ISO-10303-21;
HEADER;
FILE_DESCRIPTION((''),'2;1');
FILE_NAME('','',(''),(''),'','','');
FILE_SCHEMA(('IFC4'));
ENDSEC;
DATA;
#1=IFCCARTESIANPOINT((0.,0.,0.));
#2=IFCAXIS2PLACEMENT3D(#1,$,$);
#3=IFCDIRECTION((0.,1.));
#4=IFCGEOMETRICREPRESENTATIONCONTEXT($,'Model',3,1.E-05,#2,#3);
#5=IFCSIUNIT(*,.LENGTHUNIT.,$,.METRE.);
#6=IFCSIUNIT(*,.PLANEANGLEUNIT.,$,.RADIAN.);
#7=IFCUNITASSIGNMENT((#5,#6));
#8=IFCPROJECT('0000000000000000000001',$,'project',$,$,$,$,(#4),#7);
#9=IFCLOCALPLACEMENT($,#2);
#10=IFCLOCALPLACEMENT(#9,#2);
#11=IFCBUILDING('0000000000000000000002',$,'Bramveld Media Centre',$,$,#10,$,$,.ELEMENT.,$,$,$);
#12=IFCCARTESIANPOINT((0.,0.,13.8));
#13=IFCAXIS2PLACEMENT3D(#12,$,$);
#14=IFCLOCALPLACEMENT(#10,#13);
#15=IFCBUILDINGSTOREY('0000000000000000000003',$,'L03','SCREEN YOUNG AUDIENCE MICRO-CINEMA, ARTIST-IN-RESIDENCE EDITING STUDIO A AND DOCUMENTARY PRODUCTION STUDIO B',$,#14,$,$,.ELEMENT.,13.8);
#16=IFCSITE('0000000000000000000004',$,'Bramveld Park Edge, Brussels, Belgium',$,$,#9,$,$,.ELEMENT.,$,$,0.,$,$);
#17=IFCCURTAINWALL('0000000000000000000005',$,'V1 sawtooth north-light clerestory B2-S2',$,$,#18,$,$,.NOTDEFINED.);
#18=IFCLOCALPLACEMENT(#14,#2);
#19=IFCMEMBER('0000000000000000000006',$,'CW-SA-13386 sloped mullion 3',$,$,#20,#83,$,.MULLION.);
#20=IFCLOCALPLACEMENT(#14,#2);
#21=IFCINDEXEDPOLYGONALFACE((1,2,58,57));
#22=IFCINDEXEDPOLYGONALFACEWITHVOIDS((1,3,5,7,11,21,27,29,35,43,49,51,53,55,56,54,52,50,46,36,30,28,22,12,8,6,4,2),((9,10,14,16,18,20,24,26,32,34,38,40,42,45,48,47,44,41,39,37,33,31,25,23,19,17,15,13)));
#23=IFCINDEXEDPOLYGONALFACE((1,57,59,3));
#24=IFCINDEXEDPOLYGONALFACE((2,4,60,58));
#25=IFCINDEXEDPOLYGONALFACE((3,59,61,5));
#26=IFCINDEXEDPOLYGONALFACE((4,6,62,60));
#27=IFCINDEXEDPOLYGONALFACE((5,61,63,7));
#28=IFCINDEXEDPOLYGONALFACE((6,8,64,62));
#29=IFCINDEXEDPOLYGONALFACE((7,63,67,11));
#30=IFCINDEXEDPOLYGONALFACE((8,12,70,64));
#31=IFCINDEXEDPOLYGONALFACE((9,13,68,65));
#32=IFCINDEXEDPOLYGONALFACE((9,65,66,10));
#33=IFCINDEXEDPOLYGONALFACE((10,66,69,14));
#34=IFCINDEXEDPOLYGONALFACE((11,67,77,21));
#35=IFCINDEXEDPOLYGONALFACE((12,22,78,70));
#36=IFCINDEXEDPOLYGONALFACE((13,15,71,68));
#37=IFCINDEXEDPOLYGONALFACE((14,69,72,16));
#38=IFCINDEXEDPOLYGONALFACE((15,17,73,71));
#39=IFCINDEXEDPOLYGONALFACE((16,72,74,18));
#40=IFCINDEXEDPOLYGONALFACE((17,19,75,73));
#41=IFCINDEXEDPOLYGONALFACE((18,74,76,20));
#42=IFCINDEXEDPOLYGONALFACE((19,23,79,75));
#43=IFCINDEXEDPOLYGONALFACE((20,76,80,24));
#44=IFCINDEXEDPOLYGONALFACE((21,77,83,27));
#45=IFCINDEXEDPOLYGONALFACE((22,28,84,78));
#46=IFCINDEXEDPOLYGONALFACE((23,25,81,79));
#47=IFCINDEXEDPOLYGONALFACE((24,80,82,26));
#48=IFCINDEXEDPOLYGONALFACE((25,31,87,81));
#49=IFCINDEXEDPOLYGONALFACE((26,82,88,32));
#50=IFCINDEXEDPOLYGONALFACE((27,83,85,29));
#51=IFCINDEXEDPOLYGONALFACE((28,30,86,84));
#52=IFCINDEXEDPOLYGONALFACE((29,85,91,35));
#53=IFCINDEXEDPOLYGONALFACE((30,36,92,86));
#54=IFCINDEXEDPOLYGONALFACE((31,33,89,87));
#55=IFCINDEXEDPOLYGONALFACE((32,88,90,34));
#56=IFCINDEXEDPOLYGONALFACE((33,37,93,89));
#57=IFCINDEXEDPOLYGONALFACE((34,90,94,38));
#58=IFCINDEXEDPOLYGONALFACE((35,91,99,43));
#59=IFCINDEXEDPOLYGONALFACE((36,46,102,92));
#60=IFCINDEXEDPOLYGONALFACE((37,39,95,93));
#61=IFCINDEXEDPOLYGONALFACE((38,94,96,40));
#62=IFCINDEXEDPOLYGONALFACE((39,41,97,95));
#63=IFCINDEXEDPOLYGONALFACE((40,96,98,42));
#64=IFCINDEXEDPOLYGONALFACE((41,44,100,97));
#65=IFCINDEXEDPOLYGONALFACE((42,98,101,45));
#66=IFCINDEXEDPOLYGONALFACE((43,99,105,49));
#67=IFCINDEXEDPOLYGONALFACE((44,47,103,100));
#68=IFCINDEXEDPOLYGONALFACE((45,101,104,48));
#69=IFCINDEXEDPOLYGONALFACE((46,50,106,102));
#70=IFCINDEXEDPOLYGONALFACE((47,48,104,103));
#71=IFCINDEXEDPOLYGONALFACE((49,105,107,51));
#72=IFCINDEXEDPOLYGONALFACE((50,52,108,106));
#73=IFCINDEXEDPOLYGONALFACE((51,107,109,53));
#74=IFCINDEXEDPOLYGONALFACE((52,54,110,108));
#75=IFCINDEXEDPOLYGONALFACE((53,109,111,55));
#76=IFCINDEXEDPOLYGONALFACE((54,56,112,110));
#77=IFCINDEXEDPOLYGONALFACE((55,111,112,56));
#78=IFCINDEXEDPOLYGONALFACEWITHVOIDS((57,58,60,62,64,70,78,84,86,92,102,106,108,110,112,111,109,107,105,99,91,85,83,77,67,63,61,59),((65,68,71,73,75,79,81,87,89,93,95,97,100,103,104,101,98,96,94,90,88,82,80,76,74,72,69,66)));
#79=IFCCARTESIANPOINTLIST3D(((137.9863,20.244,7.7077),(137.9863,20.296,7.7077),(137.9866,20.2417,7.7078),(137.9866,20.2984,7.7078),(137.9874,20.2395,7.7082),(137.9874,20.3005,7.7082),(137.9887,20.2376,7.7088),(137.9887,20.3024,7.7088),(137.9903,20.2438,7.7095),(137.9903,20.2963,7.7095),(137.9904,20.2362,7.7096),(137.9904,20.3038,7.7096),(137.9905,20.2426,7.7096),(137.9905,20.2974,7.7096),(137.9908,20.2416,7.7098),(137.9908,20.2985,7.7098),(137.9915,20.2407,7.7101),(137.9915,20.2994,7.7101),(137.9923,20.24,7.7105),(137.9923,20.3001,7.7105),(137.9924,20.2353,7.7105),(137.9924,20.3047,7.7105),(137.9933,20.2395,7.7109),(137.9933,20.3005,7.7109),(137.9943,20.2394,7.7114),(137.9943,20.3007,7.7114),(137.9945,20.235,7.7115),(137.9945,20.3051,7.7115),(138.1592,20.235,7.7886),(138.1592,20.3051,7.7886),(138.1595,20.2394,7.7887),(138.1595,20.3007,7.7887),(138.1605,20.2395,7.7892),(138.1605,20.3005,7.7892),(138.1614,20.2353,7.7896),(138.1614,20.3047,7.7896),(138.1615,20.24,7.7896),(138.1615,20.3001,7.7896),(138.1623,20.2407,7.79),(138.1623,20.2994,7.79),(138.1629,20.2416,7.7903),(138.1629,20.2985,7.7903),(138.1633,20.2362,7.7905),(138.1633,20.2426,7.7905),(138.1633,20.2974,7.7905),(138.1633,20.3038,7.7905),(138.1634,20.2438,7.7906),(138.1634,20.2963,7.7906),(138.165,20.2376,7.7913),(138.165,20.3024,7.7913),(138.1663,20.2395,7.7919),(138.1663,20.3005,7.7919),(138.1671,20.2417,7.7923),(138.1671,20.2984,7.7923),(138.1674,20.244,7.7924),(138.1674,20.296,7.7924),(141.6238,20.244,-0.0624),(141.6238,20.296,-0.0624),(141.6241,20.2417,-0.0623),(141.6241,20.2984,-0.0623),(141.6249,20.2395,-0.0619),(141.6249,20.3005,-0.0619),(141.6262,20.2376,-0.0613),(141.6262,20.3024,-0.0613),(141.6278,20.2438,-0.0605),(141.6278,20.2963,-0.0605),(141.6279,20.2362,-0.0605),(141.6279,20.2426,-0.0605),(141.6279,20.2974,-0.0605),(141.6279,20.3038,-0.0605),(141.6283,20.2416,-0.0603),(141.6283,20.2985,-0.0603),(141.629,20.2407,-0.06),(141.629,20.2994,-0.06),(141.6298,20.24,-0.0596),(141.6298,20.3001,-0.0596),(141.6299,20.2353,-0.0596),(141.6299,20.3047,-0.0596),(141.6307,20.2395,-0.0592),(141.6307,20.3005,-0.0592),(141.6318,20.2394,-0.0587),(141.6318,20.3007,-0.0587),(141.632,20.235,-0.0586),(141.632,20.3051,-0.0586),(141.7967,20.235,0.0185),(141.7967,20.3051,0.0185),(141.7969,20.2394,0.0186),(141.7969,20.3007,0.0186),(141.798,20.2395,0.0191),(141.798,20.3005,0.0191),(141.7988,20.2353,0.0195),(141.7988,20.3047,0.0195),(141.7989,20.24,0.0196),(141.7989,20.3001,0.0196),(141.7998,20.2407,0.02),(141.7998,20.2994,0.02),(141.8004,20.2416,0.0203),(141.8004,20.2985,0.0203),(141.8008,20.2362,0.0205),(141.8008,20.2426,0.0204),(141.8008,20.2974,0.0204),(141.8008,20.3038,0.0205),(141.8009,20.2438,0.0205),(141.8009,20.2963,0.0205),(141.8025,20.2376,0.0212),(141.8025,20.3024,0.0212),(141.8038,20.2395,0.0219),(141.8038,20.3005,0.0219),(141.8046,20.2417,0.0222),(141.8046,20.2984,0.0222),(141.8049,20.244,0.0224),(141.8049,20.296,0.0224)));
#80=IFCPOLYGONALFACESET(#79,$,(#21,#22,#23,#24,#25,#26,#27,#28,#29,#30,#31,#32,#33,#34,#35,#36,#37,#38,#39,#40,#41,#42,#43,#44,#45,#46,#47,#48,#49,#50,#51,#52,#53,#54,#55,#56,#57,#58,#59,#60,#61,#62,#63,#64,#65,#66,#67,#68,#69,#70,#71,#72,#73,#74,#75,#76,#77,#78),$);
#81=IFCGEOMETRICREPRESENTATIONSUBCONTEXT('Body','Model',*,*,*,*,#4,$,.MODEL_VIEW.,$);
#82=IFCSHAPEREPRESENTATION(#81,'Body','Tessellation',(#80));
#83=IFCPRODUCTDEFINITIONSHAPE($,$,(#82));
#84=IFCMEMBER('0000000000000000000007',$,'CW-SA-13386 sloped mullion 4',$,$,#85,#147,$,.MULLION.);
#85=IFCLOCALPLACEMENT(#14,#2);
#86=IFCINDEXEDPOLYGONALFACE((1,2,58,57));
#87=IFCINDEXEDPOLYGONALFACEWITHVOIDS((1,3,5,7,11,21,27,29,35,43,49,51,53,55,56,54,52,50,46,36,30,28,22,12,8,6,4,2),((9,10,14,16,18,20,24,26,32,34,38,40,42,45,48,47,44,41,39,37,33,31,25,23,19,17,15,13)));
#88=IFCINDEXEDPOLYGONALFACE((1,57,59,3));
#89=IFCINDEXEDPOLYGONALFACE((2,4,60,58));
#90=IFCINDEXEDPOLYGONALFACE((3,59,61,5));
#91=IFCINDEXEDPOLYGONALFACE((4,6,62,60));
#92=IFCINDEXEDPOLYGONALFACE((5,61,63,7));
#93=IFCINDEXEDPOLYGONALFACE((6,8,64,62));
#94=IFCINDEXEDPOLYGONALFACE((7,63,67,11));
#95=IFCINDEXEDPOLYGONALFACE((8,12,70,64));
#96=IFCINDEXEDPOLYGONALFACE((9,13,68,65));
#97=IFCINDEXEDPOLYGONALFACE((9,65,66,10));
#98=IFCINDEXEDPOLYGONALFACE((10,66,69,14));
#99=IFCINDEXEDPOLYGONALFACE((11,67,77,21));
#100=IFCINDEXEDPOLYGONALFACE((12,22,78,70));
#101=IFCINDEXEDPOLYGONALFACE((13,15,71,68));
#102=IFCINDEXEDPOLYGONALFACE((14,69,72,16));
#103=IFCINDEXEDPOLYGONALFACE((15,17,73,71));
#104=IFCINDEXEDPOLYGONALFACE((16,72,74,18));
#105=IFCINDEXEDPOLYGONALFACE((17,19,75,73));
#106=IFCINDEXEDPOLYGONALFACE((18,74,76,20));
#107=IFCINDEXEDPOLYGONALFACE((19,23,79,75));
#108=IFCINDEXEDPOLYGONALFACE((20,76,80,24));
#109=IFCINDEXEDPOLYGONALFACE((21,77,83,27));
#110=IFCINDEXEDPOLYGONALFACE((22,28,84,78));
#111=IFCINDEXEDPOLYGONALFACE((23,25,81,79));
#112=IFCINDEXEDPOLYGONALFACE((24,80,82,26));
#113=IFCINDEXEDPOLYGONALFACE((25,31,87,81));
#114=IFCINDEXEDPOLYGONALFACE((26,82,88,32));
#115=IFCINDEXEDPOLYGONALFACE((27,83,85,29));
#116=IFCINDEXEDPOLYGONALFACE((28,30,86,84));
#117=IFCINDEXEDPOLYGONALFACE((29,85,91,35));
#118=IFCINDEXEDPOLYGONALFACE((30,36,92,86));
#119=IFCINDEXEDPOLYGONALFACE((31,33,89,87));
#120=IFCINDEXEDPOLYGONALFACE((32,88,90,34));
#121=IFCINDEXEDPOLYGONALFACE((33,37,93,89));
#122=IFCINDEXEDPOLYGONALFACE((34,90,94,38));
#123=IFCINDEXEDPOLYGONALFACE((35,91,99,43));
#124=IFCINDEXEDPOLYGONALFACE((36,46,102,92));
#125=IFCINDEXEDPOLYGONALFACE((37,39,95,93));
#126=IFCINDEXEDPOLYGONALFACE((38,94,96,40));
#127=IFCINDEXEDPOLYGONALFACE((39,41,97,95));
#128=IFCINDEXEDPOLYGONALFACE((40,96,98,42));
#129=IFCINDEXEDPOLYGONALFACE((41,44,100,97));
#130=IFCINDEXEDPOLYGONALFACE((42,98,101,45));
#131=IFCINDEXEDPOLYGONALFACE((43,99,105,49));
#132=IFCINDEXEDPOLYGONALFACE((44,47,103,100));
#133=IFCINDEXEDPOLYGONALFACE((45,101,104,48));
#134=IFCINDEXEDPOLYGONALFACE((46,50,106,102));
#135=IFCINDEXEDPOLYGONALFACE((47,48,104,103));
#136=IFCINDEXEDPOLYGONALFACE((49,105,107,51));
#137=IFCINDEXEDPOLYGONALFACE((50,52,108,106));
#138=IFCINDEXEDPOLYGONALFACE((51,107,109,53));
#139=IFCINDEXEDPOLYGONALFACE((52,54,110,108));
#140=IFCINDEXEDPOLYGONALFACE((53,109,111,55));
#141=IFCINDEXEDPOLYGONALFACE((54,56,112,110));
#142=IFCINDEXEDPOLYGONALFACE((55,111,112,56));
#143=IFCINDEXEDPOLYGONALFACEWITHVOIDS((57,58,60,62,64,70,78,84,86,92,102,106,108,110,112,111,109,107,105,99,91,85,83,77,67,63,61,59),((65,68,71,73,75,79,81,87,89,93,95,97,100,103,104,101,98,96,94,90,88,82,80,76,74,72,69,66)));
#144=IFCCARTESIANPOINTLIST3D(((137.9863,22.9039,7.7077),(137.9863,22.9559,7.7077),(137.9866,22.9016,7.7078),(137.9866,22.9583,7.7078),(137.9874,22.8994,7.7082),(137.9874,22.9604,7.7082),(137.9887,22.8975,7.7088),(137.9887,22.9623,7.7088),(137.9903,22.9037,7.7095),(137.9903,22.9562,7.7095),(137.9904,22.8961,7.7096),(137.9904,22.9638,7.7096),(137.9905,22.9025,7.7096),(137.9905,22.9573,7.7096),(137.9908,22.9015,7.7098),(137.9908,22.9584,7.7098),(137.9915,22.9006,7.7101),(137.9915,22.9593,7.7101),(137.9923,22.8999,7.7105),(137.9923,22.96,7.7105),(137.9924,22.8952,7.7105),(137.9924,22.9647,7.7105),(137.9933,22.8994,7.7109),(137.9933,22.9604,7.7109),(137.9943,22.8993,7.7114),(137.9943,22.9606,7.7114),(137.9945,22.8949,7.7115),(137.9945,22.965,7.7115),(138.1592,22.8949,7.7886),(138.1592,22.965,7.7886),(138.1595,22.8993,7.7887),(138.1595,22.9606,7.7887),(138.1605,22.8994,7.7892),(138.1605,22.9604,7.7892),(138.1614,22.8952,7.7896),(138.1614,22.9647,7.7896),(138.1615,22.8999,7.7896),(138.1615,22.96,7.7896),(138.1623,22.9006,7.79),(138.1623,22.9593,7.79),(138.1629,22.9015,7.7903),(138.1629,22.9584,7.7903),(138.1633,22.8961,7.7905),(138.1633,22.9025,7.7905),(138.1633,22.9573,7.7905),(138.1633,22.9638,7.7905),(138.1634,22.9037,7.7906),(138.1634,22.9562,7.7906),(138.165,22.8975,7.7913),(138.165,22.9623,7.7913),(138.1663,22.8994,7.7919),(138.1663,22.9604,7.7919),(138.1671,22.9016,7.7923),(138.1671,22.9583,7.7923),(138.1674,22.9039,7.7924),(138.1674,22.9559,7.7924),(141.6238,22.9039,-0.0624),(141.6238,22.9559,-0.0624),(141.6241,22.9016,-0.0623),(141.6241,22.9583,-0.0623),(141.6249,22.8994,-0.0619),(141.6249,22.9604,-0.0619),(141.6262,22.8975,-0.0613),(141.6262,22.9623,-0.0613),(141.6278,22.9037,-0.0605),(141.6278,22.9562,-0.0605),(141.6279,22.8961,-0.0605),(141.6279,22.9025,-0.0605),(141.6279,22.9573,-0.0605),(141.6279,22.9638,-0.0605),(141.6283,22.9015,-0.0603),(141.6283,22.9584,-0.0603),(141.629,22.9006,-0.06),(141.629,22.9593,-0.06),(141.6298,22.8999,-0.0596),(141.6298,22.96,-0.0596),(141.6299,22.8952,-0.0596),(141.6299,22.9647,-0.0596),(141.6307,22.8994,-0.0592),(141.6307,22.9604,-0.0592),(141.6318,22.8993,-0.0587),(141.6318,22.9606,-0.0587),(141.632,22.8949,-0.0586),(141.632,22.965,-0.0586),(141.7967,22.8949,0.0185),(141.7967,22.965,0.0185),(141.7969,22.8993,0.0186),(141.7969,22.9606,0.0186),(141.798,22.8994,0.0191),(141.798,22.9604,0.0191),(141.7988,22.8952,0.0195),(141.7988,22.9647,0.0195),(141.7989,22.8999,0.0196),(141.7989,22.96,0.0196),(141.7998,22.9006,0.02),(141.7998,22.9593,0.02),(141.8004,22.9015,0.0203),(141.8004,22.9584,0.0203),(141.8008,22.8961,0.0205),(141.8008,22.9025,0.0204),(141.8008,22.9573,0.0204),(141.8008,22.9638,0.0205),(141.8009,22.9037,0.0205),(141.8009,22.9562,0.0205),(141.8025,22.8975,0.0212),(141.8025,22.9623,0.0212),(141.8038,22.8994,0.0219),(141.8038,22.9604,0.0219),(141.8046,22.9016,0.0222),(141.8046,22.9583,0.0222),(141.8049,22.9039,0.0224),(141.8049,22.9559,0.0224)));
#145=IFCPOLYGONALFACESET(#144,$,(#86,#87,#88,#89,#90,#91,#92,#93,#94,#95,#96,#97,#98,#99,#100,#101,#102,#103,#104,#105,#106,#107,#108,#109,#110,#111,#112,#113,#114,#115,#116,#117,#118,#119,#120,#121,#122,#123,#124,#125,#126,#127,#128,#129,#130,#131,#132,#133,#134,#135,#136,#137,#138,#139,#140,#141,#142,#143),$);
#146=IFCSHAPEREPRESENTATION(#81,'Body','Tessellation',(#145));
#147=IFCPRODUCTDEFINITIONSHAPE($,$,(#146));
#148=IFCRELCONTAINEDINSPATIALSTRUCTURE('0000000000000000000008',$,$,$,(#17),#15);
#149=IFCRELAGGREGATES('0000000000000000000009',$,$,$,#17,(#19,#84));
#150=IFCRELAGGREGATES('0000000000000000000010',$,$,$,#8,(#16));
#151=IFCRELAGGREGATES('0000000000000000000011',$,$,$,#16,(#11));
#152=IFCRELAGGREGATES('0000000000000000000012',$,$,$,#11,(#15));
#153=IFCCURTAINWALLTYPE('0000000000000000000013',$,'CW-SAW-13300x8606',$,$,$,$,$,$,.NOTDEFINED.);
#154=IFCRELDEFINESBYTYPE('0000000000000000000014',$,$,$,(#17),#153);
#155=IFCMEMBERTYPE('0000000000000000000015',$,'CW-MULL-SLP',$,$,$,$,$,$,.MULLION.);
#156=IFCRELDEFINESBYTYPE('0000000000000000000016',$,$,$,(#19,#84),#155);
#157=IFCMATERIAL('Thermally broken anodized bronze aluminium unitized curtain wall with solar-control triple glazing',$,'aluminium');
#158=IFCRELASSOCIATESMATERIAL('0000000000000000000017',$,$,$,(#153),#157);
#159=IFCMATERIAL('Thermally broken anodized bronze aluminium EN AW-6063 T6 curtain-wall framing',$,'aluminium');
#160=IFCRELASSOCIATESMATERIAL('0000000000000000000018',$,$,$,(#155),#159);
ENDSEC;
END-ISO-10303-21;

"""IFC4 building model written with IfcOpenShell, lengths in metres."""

from ifc_helpers import new_model, si_unit, direction, frame, origin, origin_2d, place, context, subcontext, project, spatial, hollow_rectangle, extrude, material, material_profile, profile_set, type_object, element, aggregate, save


model = new_model("IFC4")

# Units and contexts
model_context = context("Model", 3, precision=1e-05, world=origin(), true_north=direction((0.0, 1.0)))
body_context = subcontext(model_context, "Body", "Model", "MODEL_VIEW")
ifc_project = project(units=[si_unit("LENGTHUNIT", "METRE"), si_unit("PLANEANGLEUNIT", "RADIAN")], contexts=[model_context])

# Site, building, storey
site_placement = place(None, origin())
site = spatial("IfcSite", under=ifc_project, at=site_placement, Name="Bramveld Park Edge, Brussels, Belgium", CompositionType="ELEMENT", RefElevation=0.0)
building_placement = place(site_placement, origin())
building = spatial("IfcBuilding", under=site, at=building_placement, Name="Bramveld Media Centre", CompositionType="ELEMENT")
storey_placement = place(building_placement, frame((0.0, 0.0, 13.8)))
storey = spatial("IfcBuildingStorey", under=building, at=storey_placement, Name="L03", Description="SCREEN YOUNG AUDIENCE MICRO-CINEMA, ARTIST-IN-RESIDENCE EDITING STUDIO A AND DOCUMENTARY PRODUCTION STUDIO B", CompositionType="ELEMENT", Elevation=13.8)

# Curtain wall, members
ifc_material_1 = material(Name="Thermally broken anodized bronze aluminium unitized curtain wall with solar-control triple glazing", Category="aluminium")
curtain_wall_type = type_object("IfcCurtainWallType", Name="CW-SAW-13300x8606", PredefinedType="NOTDEFINED", material=ifc_material_1)
curtain_wall_1_placement = place(storey_placement, origin())
curtain_wall_1 = element("IfcCurtainWall", 1, at=curtain_wall_1_placement, inside=storey, type_object=curtain_wall_type, Name="V1 sawtooth north-light clerestory B2-S2", PredefinedType="NOTDEFINED")
ifc_material_2 = material(Name="Thermally broken anodized bronze aluminium EN AW-6063 T6 curtain-wall framing", Category="aluminium")
ifc_material_profile_1 = material_profile(ifc_material_2, hollow_rectangle(XDim=0.0701, YDim=0.2, WallThickness=0.0044, InnerFilletRadius=0.0044, OuterFilletRadius=0.009, at=origin_2d()), Name="AL-MULL 70x200")
ifc_profile_set_1 = profile_set([ifc_material_profile_1], Name="Thermally broken anodized bronze aluminium EN AW-6063 T6 curtain-wall framing")
member_type_1 = type_object("IfcMemberType", Name="CW-MULL-SLP", PredefinedType="MULLION", material=ifc_profile_set_1)
member_1_placement = place(storey_placement, frame((141.7144, 20.27, -0.02), z_axis=(-0.42398, 0.0, 0.905671), x_axis=(0.0, -1.0, 0.0)))
member_1 = element("IfcMember", 2, at=member_1_placement, type_object=member_type_1, Name="CW-SA-13386 sloped mullion 3", PredefinedType="MULLION", context=body_context, shape_type="SweptSolid", body=[
    extrude(hollow_rectangle(XDim=0.0701, YDim=0.2, WallThickness=0.0044, InnerFilletRadius=0.0044, OuterFilletRadius=0.009, at=origin_2d()), origin(), (0.0, 0.0, 1.0), 8.5793),
])
member_2_placement = place(storey_placement, frame((141.7144, 22.9299, -0.02), z_axis=(-0.42398, 0.0, 0.905671), x_axis=(0.0, -1.0, 0.0)))
member_2 = element("IfcMember", 3, at=member_2_placement, type_object=member_type_1, Name="CW-SA-13386 sloped mullion 4", PredefinedType="MULLION", context=body_context, shape_type="SweptSolid", body=[
    extrude(hollow_rectangle(XDim=0.0701, YDim=0.2, WallThickness=0.0044, InnerFilletRadius=0.0044, OuterFilletRadius=0.009, at=origin_2d()), origin(), (0.0, 0.0, 1.0), 8.5793),
])

aggregate(curtain_wall_1, [member_1, member_2])

save(model, "model.ifc")
